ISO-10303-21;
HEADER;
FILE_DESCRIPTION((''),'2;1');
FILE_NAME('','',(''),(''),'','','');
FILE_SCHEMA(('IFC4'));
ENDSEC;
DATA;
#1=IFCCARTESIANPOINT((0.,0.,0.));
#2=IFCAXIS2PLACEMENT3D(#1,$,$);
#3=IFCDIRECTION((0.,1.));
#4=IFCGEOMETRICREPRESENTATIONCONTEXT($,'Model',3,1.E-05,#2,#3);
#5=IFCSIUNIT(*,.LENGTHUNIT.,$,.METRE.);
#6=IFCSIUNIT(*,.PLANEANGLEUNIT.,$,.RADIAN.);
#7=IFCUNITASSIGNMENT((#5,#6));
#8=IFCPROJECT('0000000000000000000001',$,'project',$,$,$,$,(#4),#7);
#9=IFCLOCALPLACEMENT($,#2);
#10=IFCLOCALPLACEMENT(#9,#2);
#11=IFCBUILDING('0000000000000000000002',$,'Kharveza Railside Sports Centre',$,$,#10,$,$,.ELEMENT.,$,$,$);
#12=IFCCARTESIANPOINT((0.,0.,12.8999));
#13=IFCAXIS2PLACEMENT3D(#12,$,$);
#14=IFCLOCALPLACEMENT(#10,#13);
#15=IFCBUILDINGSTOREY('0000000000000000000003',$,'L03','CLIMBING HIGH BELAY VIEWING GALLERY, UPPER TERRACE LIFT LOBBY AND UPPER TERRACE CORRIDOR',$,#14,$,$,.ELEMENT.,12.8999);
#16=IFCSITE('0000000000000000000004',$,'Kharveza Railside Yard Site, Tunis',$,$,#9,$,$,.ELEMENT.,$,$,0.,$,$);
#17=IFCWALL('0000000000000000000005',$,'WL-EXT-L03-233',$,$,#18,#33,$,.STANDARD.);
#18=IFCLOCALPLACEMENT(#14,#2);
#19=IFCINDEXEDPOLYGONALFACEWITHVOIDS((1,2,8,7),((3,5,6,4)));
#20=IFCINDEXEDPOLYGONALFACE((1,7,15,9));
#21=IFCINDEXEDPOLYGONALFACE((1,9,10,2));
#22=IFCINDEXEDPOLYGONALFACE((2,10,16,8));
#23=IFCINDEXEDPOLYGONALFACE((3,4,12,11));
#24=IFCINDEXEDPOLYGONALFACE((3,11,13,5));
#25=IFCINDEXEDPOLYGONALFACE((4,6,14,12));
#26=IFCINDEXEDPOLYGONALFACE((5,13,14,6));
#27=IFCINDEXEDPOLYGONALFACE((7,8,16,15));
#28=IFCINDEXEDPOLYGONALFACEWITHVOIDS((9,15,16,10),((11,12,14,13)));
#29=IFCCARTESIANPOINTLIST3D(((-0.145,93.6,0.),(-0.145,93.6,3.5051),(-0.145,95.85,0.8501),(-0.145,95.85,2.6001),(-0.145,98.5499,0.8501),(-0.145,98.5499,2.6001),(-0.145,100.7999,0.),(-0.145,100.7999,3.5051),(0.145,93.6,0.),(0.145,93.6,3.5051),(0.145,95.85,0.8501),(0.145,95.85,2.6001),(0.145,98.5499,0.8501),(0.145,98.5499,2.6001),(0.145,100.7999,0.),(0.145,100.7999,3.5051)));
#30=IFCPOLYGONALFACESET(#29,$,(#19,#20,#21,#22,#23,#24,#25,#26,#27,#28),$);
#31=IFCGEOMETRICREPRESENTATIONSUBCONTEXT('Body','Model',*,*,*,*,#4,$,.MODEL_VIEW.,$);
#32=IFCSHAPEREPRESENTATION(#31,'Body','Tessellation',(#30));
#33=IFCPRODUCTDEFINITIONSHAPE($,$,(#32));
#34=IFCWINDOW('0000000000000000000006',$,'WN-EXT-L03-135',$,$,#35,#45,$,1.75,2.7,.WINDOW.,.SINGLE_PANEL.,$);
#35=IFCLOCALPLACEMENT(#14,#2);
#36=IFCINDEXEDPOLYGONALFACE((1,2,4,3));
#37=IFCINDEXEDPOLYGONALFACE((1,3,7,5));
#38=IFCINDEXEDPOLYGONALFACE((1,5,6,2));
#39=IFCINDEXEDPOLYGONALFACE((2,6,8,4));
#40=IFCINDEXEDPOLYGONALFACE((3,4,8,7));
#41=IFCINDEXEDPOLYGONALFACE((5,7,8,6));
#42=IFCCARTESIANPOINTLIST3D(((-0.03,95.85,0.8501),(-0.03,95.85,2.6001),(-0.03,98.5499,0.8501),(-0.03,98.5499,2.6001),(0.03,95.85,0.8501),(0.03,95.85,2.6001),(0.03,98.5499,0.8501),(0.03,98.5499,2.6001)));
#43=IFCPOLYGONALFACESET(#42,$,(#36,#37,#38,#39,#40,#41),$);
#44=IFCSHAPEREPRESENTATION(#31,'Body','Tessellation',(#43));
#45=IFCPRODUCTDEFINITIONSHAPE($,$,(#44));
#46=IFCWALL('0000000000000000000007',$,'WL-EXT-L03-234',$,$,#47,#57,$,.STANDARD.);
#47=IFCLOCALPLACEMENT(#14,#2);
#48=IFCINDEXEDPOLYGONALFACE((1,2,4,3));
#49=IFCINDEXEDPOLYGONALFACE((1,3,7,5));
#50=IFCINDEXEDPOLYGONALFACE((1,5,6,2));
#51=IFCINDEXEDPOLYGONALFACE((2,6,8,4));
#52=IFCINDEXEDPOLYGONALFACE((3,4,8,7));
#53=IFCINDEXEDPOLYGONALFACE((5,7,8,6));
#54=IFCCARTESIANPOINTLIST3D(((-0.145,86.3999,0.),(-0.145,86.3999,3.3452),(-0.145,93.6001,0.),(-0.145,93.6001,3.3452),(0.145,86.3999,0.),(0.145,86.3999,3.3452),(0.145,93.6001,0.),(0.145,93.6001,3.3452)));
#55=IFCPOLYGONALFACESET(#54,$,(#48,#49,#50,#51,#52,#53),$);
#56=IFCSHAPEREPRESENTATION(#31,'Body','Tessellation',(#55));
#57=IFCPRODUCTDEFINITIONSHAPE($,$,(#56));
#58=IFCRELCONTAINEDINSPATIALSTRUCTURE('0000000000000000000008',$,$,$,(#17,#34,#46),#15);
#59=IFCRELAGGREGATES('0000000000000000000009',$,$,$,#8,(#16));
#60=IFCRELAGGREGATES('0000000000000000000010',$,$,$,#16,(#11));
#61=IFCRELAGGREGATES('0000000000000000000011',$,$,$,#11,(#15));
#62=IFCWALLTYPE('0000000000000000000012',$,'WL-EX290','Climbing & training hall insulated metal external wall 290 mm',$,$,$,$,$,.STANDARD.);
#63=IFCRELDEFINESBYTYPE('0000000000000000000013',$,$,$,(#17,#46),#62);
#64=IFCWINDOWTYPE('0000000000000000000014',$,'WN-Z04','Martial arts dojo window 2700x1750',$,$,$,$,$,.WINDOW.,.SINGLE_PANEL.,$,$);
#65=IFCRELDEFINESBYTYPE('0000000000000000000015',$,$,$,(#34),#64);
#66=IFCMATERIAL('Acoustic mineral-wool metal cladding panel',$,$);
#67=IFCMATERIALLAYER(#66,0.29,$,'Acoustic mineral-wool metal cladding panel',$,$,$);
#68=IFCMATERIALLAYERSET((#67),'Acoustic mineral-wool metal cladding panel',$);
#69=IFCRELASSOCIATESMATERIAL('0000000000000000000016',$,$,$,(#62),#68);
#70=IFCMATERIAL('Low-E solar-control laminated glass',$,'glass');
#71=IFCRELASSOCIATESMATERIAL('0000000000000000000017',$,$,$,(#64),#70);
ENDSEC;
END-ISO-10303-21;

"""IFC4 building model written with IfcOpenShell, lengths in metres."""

from ifc_helpers import new_model, si_unit, direction, frame, frame_2d, origin, place, context, subcontext, project, spatial, rectangle, extrude, material, layer, layer_set, type_object, element, fill, save


model = new_model("IFC4")

# Units and contexts
model_context = context("Model", 3, precision=1e-05, world=origin(), true_north=direction((0.0, 1.0)))
body_context = subcontext(model_context, "Body", "Model", "MODEL_VIEW")
ifc_project = project(units=[si_unit("LENGTHUNIT", "METRE"), si_unit("PLANEANGLEUNIT", "RADIAN")], contexts=[model_context])

# Site, building, storey
site_placement = place(None, origin())
site = spatial("IfcSite", under=ifc_project, at=site_placement, Name="Kharveza Railside Yard Site, Tunis", CompositionType="ELEMENT", RefElevation=0.0)
building_placement = place(site_placement, origin())
building = spatial("IfcBuilding", under=site, at=building_placement, Name="Kharveza Railside Sports Centre", CompositionType="ELEMENT")
storey_placement = place(building_placement, frame((0.0, 0.0, 12.8999)))
storey = spatial("IfcBuildingStorey", under=building, at=storey_placement, Name="L03", Description="CLIMBING HIGH BELAY VIEWING GALLERY, UPPER TERRACE LIFT LOBBY AND UPPER TERRACE CORRIDOR", CompositionType="ELEMENT", Elevation=12.8999)

# Shared definitions
ifc_material_1 = material(Name="Acoustic mineral-wool metal cladding panel")

# Wall, opening, window
ifc_layer_1 = layer(ifc_material_1, 0.29, Name="Acoustic mineral-wool metal cladding panel")
ifc_layer_set_1 = layer_set([ifc_layer_1], Name="Acoustic mineral-wool metal cladding panel")
wall_type_1 = type_object("IfcWallType", Name="WL-EX290", Description="Climbing & training hall insulated metal external wall 290 mm", PredefinedType="STANDARD", material=ifc_layer_set_1)
ifc_material_2 = material(Name="Low-E solar-control laminated glass", Category="glass")
wall_1_placement = place(storey_placement, frame((0.0, 100.8, 0.0), z_axis=(0.0, 0.0, 1.0), x_axis=(0.0, -1.0, 0.0)))
wall_1 = element("IfcWall", 1, at=wall_1_placement, inside=storey, type_object=wall_type_1, Name="WL-EXT-L03-233", PredefinedType="STANDARD", context=body_context, shape_type="SweptSolid", body=[
    extrude(rectangle(XDim=7.2, YDim=0.29, at=frame_2d((3.6001, 0.0))), origin(), (0.0, 0.0, 1.0), 3.5051),
])
opening_1_placement = place(wall_1_placement, frame((2.25, 0.0, 0.8501)))
opening_1 = element("IfcOpeningElement", 2, at=opening_1_placement, cuts=wall_1, PredefinedType="OPENING", context=body_context, shape_type="SweptSolid", body=[
    extrude(rectangle(XDim=2.7, YDim=1.75, at=frame_2d((1.3501, 0.875))), frame((0.0, 0.1699, 0.0), z_axis=(0.0, -1.0, 0.0), x_axis=(1.0, 0.0, 0.0)), (0.0, 0.0, 1.0), 0.3398),
])
window_type_1 = type_object("IfcWindowType", Name="WN-Z04", Description="Martial arts dojo window 2700x1750", PartitioningType="SINGLE_PANEL", PredefinedType="WINDOW", material=ifc_material_2)
window_1_placement = place(opening_1_placement, origin())
window_1 = element("IfcWindow", 3, at=window_1_placement, inside=storey, type_object=window_type_1, Name="WN-EXT-L03-135", OverallHeight=1.75, OverallWidth=2.7, PartitioningType="SINGLE_PANEL", PredefinedType="WINDOW", context=body_context, shape_type="SweptSolid", body=[
    extrude(rectangle(XDim=2.7, YDim=1.75, at=frame_2d((1.3501, 0.875))), frame((0.0, 0.03, 0.0), z_axis=(0.0, -1.0, 0.0), x_axis=(1.0, 0.0, 0.0)), (0.0, 0.0, 1.0), 0.0601),
])
fill(opening_1, window_1)

# Wall
wall_2_placement = place(storey_placement, frame((0.0, 93.6001, 0.0), z_axis=(0.0, 0.0, 1.0), x_axis=(0.0, -1.0, 0.0)))
element("IfcWall", 4, at=wall_2_placement, inside=storey, type_object=wall_type_1, Name="WL-EXT-L03-234", PredefinedType="STANDARD", context=body_context, shape_type="SweptSolid", body=[
    extrude(rectangle(XDim=7.2002, YDim=0.29, at=frame_2d((3.6001, 0.0))), origin(), (0.0, 0.0, 1.0), 3.3452),
])

save(model, "model.ifc")
